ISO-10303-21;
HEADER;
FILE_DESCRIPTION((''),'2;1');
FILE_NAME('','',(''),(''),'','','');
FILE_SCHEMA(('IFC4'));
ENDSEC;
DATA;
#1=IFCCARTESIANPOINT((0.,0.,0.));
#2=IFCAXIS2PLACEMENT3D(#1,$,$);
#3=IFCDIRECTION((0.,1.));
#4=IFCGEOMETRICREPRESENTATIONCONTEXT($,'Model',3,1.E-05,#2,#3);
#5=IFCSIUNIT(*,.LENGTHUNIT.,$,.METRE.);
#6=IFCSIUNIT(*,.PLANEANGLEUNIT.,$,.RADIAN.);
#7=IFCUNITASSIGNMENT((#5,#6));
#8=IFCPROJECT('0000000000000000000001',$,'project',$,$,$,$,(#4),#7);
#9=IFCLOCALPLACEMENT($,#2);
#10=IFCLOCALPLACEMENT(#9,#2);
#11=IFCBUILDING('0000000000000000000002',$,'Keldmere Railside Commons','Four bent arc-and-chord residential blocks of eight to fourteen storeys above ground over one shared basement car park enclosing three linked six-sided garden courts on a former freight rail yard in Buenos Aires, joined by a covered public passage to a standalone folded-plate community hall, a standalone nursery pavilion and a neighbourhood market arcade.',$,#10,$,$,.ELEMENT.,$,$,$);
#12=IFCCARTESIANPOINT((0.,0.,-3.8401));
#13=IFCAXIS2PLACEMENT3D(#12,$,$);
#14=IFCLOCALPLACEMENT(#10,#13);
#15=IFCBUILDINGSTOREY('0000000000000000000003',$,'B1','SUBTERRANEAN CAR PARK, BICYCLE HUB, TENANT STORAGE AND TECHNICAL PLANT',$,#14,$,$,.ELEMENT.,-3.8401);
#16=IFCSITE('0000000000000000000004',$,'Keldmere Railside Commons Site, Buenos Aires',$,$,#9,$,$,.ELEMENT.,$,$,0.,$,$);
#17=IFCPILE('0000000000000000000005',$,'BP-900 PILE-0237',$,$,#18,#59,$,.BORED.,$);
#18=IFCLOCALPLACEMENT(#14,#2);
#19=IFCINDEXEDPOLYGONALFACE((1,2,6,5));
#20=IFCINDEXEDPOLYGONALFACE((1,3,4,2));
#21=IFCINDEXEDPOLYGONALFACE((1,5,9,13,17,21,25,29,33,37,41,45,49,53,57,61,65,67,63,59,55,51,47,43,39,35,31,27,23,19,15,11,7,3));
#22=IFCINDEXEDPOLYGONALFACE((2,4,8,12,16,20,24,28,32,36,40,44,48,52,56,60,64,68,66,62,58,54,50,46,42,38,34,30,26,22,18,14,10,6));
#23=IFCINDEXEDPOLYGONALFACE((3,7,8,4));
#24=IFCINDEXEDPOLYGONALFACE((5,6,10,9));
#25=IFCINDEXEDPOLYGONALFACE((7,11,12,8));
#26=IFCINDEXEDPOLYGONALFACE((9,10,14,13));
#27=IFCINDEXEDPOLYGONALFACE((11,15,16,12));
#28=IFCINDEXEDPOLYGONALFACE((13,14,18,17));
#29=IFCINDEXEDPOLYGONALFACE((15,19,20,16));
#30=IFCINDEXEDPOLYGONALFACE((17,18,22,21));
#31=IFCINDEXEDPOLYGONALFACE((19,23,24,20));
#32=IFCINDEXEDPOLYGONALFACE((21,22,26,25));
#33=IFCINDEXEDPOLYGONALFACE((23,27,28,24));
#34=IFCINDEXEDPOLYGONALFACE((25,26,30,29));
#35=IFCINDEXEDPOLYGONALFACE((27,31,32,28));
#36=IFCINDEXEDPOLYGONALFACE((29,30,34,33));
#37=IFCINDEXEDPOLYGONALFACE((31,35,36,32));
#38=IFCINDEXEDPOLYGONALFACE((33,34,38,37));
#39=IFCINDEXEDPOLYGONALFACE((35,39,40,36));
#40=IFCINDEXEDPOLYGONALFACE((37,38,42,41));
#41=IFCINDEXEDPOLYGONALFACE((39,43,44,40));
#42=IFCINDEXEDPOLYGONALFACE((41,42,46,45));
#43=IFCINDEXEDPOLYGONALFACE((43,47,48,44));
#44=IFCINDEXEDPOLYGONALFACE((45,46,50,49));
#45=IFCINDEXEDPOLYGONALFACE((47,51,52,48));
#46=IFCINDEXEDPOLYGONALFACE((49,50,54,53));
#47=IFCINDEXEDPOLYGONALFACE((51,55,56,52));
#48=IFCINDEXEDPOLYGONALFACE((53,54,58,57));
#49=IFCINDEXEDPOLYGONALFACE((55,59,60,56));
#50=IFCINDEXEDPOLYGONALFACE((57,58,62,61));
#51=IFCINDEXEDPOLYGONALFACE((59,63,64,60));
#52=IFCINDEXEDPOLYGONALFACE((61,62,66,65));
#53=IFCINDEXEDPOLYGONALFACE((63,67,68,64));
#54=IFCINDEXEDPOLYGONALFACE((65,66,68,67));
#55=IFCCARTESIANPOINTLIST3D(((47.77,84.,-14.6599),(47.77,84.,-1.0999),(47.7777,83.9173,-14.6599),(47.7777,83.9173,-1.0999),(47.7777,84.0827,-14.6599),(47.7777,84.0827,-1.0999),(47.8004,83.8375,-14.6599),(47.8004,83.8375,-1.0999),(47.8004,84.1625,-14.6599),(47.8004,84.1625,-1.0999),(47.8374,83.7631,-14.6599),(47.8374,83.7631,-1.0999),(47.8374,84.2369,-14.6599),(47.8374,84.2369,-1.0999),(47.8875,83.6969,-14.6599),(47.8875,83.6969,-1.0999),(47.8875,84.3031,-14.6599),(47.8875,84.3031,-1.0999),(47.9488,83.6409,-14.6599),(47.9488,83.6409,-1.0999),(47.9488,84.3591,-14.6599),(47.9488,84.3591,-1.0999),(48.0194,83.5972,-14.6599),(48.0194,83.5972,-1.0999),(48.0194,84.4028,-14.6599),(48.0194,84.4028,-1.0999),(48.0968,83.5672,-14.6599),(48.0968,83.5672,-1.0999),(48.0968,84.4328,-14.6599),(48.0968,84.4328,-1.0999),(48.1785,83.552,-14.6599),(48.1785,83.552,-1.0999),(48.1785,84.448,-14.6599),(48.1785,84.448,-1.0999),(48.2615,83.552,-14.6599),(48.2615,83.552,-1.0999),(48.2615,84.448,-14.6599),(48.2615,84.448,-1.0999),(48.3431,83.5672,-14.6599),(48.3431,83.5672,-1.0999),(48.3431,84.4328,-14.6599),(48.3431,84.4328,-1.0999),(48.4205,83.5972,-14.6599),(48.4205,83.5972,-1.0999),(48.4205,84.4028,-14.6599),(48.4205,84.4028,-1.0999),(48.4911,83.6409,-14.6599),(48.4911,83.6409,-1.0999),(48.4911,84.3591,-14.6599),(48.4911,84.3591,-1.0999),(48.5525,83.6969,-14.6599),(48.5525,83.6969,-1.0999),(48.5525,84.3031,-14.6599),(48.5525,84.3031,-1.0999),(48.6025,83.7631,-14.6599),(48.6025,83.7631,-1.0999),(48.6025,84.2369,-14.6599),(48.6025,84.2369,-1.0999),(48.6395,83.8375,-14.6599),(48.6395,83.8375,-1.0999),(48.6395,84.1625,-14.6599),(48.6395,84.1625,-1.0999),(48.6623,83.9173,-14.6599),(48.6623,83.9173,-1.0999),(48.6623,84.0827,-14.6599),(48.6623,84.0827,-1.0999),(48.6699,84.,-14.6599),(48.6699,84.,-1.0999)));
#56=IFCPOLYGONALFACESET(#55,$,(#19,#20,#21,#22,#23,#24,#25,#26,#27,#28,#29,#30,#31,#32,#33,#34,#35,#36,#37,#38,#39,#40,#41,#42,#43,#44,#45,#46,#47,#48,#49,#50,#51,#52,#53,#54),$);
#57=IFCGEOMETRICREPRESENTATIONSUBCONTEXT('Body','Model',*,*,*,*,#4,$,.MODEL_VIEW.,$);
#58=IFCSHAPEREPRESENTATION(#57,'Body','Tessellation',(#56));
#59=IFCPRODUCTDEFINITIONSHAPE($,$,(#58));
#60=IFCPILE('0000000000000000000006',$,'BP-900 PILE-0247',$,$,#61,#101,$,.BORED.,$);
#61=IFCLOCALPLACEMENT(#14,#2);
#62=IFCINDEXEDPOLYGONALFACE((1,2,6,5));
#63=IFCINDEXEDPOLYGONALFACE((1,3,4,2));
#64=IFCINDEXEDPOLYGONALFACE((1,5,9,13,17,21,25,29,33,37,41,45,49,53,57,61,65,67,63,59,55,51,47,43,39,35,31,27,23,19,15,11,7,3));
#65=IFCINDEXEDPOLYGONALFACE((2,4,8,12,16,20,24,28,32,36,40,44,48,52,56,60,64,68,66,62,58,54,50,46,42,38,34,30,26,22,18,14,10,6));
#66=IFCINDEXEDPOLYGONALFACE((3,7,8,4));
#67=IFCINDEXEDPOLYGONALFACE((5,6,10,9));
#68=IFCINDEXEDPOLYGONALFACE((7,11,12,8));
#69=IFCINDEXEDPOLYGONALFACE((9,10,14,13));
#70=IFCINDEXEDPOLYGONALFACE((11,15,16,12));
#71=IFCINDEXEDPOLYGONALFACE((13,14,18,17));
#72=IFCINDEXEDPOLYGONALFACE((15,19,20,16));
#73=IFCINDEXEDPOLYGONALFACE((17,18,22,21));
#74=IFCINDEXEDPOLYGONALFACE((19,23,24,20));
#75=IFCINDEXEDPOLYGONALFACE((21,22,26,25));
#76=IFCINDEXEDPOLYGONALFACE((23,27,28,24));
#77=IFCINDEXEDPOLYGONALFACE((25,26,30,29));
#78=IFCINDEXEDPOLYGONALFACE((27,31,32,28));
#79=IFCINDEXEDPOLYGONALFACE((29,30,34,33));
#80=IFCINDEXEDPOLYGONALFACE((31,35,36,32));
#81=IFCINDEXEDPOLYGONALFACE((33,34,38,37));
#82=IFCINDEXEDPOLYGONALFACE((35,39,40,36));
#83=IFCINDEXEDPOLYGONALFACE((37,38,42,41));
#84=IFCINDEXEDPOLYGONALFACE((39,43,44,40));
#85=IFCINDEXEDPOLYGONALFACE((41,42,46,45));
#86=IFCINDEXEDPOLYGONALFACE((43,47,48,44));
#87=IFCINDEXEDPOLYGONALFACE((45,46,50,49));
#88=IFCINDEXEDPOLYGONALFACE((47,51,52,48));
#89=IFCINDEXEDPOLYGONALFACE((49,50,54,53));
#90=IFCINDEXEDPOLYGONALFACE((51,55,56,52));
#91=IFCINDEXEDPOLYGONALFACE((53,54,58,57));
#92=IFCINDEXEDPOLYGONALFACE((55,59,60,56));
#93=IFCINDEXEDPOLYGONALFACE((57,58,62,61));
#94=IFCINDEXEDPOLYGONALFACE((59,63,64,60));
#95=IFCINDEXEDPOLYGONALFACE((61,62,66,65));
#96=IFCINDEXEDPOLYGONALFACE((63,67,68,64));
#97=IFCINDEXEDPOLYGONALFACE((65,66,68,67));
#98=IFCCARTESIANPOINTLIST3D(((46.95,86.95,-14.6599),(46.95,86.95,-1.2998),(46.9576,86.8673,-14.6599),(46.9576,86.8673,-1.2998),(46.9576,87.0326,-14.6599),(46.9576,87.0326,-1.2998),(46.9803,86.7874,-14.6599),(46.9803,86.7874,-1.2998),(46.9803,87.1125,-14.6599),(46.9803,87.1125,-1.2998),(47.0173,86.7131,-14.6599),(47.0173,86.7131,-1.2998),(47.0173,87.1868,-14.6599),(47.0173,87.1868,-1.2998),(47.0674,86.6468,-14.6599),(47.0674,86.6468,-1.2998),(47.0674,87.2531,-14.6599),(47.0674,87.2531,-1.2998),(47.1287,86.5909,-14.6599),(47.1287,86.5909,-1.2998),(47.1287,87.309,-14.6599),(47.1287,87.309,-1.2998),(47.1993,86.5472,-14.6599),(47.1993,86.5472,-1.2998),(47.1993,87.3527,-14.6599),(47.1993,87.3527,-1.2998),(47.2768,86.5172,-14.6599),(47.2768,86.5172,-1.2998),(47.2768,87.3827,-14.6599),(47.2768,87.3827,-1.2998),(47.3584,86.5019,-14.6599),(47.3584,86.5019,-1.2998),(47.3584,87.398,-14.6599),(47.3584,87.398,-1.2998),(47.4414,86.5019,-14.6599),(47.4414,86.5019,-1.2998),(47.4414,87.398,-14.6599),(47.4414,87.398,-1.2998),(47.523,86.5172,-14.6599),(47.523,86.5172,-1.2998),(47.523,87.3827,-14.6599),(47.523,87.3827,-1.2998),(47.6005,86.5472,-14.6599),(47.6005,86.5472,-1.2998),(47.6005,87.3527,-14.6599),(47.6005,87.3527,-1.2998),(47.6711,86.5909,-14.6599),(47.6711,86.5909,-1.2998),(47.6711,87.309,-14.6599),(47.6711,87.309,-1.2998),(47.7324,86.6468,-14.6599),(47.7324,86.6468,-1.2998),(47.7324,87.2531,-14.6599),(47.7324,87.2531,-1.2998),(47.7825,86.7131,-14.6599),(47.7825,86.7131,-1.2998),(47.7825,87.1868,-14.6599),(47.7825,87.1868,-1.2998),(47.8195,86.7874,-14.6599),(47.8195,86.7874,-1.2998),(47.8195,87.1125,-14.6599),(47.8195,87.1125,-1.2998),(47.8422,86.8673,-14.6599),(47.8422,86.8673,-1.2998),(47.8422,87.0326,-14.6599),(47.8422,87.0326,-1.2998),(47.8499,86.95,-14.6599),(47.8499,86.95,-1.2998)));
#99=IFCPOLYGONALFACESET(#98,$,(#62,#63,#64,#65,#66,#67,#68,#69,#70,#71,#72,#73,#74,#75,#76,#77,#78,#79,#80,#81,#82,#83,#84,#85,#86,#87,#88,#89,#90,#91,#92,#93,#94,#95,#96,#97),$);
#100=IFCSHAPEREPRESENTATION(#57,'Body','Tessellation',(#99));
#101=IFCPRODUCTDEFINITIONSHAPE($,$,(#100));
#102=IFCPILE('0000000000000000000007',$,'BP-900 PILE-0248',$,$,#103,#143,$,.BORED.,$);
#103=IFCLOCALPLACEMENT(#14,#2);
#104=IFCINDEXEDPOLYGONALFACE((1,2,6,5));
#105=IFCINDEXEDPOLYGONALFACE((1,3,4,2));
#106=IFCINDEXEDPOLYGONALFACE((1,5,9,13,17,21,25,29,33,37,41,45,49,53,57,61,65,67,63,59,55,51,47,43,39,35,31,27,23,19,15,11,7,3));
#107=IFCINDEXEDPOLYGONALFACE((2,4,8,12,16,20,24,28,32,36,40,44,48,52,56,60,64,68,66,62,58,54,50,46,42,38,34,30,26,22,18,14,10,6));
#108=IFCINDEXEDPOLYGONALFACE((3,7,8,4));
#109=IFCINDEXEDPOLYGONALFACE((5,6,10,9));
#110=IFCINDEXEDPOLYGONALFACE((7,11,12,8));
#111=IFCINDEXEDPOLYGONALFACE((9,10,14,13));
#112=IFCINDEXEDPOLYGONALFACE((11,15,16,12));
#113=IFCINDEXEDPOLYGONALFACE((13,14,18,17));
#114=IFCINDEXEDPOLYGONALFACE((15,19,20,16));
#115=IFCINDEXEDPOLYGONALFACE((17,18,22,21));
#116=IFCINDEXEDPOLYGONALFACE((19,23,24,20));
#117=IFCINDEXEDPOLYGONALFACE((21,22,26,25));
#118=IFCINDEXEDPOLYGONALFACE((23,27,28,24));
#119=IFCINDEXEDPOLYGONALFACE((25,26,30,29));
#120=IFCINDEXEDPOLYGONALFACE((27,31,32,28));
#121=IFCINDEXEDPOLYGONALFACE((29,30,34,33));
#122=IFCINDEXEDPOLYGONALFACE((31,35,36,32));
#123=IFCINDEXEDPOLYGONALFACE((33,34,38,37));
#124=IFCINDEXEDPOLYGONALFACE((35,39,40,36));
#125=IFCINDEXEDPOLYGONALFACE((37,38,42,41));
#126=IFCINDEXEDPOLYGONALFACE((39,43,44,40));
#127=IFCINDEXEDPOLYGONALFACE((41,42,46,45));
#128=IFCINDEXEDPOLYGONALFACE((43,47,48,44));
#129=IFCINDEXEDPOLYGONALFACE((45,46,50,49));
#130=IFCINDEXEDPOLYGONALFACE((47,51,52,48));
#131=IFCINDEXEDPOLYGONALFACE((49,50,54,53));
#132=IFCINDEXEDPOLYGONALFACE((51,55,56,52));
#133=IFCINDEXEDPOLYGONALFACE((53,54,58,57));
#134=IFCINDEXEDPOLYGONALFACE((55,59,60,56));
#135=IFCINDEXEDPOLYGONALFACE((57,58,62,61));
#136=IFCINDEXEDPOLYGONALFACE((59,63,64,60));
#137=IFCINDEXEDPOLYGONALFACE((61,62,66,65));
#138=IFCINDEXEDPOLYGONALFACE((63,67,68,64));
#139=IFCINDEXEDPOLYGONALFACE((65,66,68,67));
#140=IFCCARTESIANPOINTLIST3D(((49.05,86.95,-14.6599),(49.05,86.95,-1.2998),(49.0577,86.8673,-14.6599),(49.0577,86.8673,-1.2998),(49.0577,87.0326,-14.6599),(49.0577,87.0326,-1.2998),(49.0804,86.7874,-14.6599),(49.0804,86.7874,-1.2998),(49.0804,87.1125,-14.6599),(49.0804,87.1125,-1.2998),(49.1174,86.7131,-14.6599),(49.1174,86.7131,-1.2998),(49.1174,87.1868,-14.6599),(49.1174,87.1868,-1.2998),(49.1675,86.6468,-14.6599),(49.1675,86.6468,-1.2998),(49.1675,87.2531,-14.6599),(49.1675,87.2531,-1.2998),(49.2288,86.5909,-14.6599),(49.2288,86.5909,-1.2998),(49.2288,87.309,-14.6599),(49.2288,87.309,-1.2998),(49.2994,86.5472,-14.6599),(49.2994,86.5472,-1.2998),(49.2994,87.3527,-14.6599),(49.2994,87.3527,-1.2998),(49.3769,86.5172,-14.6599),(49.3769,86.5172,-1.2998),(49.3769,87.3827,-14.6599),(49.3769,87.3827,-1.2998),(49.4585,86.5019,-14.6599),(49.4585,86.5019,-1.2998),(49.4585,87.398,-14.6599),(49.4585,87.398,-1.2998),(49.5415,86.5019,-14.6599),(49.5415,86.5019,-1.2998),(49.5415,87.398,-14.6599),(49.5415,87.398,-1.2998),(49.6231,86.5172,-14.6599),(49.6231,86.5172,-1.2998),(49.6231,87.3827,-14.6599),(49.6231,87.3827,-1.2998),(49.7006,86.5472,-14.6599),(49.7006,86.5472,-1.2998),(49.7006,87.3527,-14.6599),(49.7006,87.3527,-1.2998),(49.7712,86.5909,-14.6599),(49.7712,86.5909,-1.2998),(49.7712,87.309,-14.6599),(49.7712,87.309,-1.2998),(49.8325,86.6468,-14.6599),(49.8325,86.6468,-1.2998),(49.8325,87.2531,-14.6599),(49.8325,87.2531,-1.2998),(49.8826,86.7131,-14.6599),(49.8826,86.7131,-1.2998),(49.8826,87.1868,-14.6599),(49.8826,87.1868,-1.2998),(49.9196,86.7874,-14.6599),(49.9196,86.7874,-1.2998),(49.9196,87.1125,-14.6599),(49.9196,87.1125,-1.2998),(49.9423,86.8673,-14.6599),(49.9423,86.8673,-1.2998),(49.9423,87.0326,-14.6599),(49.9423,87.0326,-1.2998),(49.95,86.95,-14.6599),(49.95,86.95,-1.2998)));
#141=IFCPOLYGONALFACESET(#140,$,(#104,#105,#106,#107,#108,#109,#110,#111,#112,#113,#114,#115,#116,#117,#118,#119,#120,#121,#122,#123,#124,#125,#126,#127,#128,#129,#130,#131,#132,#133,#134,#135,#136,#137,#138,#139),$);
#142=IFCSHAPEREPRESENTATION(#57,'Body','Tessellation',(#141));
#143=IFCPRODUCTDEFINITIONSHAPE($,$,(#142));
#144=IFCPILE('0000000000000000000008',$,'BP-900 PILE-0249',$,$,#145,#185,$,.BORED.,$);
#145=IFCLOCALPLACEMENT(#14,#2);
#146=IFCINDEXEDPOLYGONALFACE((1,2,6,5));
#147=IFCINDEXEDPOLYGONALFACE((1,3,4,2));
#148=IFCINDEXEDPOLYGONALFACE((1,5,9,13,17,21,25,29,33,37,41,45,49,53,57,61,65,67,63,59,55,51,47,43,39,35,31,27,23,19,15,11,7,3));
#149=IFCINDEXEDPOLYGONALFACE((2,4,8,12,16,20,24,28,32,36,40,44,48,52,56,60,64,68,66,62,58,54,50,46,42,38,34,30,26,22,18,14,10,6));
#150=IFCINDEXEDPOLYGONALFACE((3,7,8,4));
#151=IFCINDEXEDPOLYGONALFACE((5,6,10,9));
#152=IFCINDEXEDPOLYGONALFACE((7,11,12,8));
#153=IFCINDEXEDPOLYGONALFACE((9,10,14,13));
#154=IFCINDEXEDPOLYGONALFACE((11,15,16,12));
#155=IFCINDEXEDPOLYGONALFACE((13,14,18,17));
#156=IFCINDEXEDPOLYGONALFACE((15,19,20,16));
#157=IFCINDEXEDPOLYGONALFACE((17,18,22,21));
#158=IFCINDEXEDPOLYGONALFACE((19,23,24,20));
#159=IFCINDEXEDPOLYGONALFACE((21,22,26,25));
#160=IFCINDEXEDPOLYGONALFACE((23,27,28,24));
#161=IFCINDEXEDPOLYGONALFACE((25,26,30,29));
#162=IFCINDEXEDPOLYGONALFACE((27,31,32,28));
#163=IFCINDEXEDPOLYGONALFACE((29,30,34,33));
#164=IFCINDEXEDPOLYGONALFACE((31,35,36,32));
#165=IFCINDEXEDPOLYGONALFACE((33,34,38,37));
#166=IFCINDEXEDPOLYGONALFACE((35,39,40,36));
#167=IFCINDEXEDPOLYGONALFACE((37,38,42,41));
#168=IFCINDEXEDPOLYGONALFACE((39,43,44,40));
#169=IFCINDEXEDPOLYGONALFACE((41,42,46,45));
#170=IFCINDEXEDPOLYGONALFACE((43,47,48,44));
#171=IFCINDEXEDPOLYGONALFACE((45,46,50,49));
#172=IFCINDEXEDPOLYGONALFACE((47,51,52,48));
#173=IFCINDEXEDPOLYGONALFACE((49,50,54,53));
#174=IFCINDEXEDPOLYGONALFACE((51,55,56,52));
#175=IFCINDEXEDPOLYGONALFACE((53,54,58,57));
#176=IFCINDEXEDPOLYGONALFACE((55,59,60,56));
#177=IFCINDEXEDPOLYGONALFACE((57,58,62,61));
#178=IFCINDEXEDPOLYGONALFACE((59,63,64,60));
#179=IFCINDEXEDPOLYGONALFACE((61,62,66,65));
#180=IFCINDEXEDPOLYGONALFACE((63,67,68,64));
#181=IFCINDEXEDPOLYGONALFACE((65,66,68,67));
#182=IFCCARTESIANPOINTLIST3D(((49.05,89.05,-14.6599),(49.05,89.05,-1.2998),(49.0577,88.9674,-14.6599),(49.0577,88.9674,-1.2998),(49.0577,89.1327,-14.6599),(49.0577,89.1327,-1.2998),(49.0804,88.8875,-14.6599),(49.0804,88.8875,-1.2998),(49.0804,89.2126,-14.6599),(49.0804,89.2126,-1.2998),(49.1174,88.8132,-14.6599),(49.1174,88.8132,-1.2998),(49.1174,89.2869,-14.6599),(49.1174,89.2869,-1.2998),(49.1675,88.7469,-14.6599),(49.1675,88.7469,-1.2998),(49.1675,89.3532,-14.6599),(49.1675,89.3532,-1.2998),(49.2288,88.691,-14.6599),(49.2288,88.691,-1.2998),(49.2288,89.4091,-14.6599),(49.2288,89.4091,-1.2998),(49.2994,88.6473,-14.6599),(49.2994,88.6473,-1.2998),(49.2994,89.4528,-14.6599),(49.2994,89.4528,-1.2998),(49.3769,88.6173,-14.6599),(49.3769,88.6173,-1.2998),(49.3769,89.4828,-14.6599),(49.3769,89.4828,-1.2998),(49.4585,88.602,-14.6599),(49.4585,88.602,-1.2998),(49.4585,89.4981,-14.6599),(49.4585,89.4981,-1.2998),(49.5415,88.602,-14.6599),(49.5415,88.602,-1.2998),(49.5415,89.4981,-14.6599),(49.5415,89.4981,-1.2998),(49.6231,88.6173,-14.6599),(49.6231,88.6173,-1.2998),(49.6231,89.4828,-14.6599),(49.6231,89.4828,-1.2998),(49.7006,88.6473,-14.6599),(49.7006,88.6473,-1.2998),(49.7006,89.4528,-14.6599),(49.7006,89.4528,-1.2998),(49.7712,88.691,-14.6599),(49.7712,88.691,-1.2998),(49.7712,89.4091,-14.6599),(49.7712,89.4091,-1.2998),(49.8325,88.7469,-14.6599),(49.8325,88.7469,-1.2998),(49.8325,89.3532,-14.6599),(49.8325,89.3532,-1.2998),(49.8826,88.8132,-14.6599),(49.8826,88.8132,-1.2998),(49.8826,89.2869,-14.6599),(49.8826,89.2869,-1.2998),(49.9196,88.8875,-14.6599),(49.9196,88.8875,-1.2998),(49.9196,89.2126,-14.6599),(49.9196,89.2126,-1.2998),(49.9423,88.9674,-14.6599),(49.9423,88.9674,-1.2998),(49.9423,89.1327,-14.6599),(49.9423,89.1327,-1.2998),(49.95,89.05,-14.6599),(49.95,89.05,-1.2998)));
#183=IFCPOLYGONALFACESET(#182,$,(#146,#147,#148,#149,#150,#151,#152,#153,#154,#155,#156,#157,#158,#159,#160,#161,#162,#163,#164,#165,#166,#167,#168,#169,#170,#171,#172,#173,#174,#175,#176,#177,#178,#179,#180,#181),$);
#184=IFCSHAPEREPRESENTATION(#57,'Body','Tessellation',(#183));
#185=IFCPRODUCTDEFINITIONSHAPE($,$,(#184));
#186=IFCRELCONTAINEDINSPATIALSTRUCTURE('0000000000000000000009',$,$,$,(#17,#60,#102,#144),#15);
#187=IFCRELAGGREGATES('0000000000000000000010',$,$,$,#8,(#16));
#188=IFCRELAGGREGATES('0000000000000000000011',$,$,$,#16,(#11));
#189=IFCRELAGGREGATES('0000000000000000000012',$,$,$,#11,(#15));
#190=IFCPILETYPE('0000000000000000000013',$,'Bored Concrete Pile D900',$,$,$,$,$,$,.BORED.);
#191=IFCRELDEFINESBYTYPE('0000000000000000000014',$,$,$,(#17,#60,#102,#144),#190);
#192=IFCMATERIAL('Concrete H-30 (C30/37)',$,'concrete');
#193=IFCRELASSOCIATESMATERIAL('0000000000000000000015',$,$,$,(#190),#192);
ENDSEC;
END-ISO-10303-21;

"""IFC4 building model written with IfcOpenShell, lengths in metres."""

from ifc_helpers import new_model, si_unit, direction, frame, origin, origin_2d, place, context, subcontext, project, spatial, circle, extrude, material, material_profile, profile_set, type_object, element, save


model = new_model("IFC4")

# Units and contexts
model_context = context("Model", 3, precision=1e-05, world=origin(), true_north=direction((0.0, 1.0)))
body_context = subcontext(model_context, "Body", "Model", "MODEL_VIEW")
ifc_project = project(units=[si_unit("LENGTHUNIT", "METRE"), si_unit("PLANEANGLEUNIT", "RADIAN")], contexts=[model_context])

# Site, building, storey
site_placement = place(None, origin())
site = spatial("IfcSite", under=ifc_project, at=site_placement, Name="Keldmere Railside Commons Site, Buenos Aires", CompositionType="ELEMENT", RefElevation=0.0)
building_placement = place(site_placement, origin())
building = spatial("IfcBuilding", under=site, at=building_placement, Name="Keldmere Railside Commons", Description="Four bent arc-and-chord residential blocks of eight to fourteen storeys above ground over one shared basement car park enclosing three linked six-sided garden courts on a former freight rail yard in Buenos Aires, joined by a covered public passage to a standalone folded-plate community hall, a standalone nursery pavilion and a neighbourhood market arcade.", CompositionType="ELEMENT")
storey_placement = place(building_placement, frame((0.0, 0.0, -3.8401)))
storey = spatial("IfcBuildingStorey", under=building, at=storey_placement, Name="B1", Description="SUBTERRANEAN CAR PARK, BICYCLE HUB, TENANT STORAGE AND TECHNICAL PLANT", CompositionType="ELEMENT", Elevation=-3.8401)

# Piles
ifc_material_1 = material(Name="Concrete H-30 (C30/37)", Category="concrete")
ifc_material_profile_1 = material_profile(ifc_material_1, circle(Radius=0.45, at=origin_2d()), Name="PILE-D900")
ifc_profile_set_1 = profile_set([ifc_material_profile_1], Name="Concrete H-30 (C30/37)")
pile_type = type_object("IfcPileType", Name="Bored Concrete Pile D900", PredefinedType="BORED", material=ifc_profile_set_1)
pile_placement = place(storey_placement, frame((48.22, 84.0, -1.0999), z_axis=(0.0, 0.0, -1.0), x_axis=(1.0, 0.0, 0.0)))
element("IfcPile", 1, at=pile_placement, inside=storey, type_object=pile_type, Name="BP-900 PILE-0237", PredefinedType="BORED", context=body_context, shape_type="SweptSolid", body=[
    extrude(circle(Radius=0.45, at=origin_2d()), origin(), (0.0, 0.0, 1.0), 13.5601),
])
for number, where, z_axis, x_axis, name in (
    (2, (47.3999, 86.95, -1.2998), (0.0, 0.0, -1.0), (1.0, 0.0, 0.0), "BP-900 PILE-0247"),
    (3, (49.5, 86.95, -1.2998), (0.0, 0.0, -1.0), (1.0, 0.0, 0.0), "BP-900 PILE-0248"),
    (4, (49.5, 89.05, -1.2998), (0.0, 0.0, -1.0), (1.0, 0.0, 0.0), "BP-900 PILE-0249"),
):
    element("IfcPile", number, at=place(storey_placement, frame(where, z_axis=z_axis, x_axis=x_axis)), inside=storey, type_object=pile_type, Name=name, PredefinedType="BORED", context=body_context, shape_type="SweptSolid", body=[
        extrude(circle(Radius=0.45, at=origin_2d()), origin(), (0.0, 0.0, 1.0), 13.3601),
    ])

save(model, "model.ifc")
